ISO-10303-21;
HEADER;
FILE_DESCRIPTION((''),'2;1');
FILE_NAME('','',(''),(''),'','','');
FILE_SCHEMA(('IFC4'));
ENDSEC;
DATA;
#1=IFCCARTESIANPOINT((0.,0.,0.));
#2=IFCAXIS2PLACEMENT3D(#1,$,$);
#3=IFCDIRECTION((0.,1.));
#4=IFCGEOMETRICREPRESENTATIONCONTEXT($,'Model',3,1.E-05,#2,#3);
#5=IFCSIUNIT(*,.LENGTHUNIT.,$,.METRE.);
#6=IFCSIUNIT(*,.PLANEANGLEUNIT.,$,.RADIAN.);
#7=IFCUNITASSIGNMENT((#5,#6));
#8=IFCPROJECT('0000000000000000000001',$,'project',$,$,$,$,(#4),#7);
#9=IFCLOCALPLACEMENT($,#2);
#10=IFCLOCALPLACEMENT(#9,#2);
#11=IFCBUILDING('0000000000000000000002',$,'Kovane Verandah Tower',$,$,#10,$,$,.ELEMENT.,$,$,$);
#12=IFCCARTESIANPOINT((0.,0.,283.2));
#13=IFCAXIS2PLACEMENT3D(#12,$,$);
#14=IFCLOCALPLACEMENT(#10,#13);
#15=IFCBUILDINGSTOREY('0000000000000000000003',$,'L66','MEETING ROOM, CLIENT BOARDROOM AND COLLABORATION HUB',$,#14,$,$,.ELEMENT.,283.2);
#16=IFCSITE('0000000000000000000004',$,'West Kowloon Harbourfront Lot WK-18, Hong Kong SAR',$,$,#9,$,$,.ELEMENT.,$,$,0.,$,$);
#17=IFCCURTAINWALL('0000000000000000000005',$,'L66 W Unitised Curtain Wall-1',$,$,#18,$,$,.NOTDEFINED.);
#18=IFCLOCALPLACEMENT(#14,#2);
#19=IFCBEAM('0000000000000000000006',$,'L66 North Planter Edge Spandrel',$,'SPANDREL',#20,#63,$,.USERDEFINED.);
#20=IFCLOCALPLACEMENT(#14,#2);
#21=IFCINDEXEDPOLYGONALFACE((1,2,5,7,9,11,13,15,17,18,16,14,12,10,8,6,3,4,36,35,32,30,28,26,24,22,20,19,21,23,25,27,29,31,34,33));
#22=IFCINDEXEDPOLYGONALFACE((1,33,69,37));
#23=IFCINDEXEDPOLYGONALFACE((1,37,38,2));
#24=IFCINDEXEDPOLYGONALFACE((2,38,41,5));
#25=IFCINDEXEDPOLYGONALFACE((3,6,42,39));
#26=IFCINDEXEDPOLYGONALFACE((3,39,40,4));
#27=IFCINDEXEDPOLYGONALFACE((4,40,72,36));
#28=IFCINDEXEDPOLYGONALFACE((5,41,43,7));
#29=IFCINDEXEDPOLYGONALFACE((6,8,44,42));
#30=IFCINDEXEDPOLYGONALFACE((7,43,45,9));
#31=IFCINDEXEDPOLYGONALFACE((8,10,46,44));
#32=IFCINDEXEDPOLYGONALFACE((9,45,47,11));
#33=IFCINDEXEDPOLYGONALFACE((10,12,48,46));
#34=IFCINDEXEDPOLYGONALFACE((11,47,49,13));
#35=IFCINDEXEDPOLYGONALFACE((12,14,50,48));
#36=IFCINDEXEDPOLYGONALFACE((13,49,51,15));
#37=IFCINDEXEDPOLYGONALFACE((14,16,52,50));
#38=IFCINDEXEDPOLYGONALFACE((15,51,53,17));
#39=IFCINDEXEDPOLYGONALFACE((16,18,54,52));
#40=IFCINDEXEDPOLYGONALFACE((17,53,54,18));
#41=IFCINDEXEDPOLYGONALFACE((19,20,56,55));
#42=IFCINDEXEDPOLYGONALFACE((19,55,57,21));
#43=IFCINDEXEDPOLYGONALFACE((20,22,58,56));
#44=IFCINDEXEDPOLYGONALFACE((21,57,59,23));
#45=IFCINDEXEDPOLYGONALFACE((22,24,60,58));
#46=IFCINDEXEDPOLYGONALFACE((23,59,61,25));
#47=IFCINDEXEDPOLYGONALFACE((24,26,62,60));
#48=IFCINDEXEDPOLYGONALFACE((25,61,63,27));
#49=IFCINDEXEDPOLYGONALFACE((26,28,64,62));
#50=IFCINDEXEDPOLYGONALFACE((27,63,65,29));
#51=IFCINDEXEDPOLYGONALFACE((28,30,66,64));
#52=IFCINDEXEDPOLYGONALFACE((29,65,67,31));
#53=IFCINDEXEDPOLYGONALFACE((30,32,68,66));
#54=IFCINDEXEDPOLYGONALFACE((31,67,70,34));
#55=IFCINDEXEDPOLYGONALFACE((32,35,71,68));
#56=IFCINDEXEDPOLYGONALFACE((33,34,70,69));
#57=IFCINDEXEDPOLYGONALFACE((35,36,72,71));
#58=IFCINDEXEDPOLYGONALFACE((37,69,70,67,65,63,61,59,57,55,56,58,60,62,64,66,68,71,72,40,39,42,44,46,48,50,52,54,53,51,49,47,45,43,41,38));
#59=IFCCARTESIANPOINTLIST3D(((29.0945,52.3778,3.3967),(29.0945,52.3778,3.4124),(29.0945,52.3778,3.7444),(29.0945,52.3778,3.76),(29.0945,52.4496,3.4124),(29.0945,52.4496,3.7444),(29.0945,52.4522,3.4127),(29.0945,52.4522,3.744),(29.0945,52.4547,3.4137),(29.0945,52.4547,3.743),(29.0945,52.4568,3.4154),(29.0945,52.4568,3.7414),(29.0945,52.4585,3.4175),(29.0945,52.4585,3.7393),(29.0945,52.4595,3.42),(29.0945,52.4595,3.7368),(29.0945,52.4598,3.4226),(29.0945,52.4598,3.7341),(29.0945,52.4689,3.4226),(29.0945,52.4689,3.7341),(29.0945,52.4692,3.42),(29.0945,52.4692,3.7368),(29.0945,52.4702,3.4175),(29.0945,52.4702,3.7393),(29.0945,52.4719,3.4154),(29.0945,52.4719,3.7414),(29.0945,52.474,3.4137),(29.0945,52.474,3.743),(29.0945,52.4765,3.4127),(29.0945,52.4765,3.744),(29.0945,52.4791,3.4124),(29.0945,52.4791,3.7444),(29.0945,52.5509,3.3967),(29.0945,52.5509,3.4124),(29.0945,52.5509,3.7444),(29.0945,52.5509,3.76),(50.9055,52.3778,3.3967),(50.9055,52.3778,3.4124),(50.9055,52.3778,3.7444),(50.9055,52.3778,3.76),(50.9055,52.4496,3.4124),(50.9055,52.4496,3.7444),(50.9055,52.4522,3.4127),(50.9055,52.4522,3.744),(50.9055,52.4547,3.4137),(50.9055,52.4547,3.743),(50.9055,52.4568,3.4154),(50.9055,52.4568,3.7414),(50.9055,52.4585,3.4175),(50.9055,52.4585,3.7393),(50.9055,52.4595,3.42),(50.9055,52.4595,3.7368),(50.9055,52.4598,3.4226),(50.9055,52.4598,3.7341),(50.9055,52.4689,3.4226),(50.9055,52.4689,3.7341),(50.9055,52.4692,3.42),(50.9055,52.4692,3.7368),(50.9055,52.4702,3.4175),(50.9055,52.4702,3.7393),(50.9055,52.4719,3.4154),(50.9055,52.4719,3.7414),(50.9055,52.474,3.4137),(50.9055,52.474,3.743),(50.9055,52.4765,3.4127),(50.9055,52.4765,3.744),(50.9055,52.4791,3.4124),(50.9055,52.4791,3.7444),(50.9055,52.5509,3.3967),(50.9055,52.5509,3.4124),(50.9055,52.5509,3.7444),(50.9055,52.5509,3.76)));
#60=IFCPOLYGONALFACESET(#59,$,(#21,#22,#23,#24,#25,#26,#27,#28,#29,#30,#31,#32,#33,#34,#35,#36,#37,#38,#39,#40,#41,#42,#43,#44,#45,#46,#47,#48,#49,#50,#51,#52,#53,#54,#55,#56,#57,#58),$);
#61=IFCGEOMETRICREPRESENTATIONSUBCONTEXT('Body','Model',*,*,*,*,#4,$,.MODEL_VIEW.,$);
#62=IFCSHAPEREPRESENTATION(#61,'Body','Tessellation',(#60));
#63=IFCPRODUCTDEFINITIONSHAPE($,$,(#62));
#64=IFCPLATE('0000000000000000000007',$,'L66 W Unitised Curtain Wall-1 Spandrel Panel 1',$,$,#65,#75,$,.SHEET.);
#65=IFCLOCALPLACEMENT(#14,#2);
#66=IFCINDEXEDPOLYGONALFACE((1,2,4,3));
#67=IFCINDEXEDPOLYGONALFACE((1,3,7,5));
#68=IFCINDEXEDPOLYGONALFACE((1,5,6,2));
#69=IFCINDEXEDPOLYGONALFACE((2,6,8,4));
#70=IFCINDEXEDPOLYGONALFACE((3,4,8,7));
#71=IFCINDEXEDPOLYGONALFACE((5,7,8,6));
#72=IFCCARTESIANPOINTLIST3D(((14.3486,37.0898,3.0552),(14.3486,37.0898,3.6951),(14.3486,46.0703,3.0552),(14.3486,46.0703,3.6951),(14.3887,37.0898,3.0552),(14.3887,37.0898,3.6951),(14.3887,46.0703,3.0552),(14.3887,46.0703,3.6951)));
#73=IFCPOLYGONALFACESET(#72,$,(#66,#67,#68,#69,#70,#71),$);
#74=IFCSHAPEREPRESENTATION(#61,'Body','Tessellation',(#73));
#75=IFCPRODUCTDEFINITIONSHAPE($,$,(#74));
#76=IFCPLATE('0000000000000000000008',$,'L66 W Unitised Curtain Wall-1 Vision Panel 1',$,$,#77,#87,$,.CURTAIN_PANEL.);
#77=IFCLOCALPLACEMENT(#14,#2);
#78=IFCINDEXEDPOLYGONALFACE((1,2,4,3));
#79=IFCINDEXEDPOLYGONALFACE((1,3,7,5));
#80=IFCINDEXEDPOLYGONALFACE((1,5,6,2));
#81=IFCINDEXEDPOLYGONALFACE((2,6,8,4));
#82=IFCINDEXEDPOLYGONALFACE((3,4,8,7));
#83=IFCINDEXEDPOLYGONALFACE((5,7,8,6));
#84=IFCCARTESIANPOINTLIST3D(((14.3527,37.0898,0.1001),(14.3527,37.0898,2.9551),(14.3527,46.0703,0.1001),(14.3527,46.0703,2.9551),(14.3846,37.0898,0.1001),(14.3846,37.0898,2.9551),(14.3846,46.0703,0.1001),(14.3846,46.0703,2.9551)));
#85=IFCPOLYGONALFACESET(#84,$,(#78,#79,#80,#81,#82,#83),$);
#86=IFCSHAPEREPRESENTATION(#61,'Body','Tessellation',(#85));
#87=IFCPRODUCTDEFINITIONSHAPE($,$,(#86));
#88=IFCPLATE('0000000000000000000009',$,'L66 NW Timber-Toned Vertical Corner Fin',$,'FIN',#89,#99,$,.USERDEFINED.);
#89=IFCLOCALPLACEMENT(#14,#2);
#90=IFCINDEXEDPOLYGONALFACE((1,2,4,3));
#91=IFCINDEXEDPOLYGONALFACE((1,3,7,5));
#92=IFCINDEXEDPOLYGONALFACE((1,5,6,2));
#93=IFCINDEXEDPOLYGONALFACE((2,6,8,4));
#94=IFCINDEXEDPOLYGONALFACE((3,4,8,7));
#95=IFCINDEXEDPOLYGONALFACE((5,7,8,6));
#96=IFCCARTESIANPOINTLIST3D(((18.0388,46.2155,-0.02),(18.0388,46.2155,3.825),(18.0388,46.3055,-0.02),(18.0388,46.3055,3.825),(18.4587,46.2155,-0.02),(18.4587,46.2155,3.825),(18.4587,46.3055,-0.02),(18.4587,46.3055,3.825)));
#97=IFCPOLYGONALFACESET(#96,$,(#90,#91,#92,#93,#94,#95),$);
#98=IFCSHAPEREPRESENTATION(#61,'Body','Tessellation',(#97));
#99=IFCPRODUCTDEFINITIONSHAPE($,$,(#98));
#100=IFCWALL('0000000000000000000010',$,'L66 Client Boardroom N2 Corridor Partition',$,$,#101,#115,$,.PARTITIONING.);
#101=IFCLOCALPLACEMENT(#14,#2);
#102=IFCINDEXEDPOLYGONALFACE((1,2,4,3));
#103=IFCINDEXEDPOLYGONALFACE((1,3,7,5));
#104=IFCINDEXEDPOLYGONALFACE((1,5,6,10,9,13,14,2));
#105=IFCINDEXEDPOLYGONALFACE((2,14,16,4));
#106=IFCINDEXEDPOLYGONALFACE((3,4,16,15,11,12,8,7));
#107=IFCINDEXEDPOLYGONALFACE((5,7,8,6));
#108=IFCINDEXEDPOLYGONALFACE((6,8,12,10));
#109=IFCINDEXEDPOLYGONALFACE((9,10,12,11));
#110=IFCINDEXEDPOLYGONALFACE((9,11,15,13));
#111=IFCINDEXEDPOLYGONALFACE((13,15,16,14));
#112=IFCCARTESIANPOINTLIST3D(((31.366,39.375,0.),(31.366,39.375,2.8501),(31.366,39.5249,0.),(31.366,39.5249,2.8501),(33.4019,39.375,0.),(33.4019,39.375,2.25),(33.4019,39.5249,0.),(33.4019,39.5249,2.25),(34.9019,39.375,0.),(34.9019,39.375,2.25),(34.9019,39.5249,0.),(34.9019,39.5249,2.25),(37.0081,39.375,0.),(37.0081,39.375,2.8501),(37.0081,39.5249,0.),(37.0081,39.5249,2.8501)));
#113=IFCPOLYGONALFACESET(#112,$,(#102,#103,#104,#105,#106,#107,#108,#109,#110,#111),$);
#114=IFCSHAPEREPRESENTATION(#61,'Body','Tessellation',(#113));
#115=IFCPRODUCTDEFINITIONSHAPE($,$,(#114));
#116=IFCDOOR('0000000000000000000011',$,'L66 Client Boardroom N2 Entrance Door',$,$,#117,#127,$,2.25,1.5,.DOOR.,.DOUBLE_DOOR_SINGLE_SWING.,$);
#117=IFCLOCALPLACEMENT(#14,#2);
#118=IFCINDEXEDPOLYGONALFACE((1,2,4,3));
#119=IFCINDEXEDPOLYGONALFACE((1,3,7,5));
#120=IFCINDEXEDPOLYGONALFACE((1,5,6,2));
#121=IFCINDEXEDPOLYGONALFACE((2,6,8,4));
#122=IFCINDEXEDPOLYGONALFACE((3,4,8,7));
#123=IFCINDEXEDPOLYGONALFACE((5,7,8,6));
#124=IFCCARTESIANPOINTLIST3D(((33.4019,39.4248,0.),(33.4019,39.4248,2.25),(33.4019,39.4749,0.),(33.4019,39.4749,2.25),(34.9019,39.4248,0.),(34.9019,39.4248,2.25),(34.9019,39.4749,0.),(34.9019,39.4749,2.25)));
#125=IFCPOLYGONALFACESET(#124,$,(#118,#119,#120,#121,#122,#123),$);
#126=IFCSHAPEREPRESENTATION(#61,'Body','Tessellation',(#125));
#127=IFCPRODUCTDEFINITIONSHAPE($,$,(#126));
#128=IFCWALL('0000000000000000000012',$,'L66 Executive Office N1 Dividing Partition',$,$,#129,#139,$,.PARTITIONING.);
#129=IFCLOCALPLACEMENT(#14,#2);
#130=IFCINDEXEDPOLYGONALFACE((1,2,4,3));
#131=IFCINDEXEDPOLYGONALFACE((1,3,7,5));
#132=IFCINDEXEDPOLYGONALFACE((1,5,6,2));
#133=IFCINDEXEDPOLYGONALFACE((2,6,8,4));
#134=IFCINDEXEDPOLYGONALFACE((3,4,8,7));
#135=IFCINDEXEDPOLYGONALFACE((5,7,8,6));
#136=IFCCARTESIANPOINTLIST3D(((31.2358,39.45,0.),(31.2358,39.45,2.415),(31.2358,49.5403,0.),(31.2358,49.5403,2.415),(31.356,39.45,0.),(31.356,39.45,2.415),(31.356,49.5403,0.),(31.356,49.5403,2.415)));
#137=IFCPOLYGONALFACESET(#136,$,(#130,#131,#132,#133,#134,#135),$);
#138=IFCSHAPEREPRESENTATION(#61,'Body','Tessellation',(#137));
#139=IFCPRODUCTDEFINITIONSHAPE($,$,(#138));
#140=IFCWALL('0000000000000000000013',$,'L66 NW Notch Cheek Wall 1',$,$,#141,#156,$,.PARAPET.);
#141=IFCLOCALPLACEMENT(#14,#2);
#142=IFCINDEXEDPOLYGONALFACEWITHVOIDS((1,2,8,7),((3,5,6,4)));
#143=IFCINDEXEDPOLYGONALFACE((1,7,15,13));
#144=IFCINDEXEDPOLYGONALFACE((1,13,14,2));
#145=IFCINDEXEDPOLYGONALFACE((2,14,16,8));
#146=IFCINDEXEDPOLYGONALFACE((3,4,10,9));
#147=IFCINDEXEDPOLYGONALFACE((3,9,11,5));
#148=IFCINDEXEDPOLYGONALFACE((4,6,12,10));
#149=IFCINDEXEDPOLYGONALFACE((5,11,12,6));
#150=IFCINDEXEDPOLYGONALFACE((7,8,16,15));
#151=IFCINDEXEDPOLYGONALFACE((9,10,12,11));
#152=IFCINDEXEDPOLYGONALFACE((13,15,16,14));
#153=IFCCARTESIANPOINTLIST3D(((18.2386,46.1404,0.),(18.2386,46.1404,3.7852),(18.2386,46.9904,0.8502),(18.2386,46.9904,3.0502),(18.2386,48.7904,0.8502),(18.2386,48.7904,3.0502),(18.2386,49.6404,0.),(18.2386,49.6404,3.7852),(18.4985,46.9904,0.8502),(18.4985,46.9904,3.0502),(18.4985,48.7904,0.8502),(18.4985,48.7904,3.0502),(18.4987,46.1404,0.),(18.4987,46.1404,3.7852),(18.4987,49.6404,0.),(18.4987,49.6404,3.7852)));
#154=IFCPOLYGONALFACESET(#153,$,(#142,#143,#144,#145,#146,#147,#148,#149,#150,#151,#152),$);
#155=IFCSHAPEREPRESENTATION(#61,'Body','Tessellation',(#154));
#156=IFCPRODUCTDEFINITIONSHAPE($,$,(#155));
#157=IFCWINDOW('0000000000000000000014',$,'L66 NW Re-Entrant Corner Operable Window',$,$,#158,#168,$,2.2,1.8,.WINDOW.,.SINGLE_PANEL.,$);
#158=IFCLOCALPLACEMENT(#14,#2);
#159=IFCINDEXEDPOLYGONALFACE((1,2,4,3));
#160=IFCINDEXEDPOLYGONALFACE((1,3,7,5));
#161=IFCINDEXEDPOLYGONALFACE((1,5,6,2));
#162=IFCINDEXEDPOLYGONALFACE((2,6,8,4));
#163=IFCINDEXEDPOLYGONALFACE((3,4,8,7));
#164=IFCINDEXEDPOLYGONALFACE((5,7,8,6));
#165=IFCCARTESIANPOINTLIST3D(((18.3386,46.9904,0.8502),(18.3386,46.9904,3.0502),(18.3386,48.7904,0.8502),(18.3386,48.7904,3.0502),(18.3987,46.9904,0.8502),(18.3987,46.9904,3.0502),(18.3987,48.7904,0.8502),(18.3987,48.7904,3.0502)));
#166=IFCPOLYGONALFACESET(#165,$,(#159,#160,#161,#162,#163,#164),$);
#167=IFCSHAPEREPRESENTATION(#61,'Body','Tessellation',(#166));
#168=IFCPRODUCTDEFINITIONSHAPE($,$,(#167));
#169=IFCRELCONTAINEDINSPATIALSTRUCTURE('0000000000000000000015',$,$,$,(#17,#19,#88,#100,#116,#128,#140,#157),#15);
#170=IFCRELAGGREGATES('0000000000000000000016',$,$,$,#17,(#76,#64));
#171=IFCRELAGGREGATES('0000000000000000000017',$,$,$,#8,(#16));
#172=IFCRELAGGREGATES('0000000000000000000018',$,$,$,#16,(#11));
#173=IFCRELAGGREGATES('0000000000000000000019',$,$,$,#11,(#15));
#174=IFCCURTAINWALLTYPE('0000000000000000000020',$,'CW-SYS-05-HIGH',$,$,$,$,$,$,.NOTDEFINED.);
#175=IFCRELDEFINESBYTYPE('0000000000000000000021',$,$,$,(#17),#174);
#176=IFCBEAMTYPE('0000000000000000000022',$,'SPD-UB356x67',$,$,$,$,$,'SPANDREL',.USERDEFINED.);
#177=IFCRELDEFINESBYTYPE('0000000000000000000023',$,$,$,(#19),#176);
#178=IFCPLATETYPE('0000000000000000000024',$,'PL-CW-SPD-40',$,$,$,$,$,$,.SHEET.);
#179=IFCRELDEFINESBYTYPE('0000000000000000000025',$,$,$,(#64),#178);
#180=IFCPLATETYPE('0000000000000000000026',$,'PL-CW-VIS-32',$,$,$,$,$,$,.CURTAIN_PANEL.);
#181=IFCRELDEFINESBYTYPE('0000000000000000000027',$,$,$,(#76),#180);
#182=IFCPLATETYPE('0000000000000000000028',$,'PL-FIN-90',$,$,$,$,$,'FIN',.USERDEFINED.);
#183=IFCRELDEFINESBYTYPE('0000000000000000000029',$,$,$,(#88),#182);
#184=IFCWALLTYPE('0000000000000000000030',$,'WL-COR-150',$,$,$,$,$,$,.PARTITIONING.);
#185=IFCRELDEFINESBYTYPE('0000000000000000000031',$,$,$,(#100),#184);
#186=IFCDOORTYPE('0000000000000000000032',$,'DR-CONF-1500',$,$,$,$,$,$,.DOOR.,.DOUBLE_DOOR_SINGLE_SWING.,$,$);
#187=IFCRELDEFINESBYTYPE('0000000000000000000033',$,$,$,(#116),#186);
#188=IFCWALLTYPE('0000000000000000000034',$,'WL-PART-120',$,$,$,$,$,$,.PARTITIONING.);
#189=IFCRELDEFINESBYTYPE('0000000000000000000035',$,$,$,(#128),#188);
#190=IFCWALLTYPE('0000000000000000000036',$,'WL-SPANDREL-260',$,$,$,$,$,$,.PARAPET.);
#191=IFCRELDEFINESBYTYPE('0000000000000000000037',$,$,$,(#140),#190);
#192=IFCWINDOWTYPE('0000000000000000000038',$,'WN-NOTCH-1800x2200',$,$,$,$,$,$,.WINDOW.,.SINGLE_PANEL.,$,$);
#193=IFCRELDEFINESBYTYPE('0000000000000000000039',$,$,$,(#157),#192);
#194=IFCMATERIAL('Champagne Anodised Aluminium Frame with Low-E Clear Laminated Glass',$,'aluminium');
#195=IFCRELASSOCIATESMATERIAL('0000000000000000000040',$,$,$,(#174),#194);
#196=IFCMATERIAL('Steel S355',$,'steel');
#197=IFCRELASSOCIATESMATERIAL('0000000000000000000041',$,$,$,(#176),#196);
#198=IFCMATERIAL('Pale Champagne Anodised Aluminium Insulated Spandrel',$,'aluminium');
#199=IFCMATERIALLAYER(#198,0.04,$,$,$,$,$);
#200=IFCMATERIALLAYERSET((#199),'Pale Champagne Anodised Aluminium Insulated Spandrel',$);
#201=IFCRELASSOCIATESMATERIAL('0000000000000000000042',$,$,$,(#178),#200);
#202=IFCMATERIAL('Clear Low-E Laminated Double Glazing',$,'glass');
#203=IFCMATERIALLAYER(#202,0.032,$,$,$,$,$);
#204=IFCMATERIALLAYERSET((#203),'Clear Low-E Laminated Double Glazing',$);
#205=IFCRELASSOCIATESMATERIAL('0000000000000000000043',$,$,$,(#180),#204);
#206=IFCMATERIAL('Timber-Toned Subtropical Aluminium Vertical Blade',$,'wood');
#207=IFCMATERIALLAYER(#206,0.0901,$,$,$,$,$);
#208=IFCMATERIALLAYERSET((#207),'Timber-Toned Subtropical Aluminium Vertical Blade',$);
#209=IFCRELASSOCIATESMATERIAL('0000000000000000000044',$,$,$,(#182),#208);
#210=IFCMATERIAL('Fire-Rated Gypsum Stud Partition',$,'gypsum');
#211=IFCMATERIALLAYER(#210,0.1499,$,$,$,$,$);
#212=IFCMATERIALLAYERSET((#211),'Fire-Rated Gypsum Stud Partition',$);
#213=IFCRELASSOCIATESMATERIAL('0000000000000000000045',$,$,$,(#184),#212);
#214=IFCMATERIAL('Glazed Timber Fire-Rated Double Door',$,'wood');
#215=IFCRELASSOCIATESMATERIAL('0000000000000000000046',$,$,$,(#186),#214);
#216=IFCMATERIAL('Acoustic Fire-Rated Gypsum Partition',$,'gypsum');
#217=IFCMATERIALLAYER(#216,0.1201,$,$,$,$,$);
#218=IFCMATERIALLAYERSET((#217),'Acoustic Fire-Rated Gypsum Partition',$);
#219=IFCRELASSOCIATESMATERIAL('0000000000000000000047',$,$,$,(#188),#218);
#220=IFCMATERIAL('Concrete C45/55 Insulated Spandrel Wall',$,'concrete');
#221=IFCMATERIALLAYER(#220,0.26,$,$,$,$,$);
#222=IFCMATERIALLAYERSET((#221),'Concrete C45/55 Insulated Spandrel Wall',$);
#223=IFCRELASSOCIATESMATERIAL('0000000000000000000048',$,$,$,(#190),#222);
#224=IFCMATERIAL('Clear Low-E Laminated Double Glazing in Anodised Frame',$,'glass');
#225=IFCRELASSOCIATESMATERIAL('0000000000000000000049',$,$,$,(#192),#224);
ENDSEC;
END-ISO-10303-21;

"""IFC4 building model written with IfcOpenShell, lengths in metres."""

from ifc_helpers import new_model, si_unit, direction, frame, frame_2d, origin, origin_2d, place, context, subcontext, project, spatial, rectangle, i_section, extrude, material, layer, layer_set, material_profile, profile_set, type_object, element, fill, aggregate, save


model = new_model("IFC4")

# Units and contexts
model_context = context("Model", 3, precision=1e-05, world=origin(), true_north=direction((0.0, 1.0)))
body_context = subcontext(model_context, "Body", "Model", "MODEL_VIEW")
ifc_project = project(units=[si_unit("LENGTHUNIT", "METRE"), si_unit("PLANEANGLEUNIT", "RADIAN")], contexts=[model_context])

# Site, building, storey
site_placement = place(None, origin())
site = spatial("IfcSite", under=ifc_project, at=site_placement, Name="West Kowloon Harbourfront Lot WK-18, Hong Kong SAR", CompositionType="ELEMENT", RefElevation=0.0)
building_placement = place(site_placement, origin())
building = spatial("IfcBuilding", under=site, at=building_placement, Name="Kovane Verandah Tower", CompositionType="ELEMENT")
storey_placement = place(building_placement, frame((0.0, 0.0, 283.2)))
storey = spatial("IfcBuildingStorey", under=building, at=storey_placement, Name="L66", Description="MEETING ROOM, CLIENT BOARDROOM AND COLLABORATION HUB", CompositionType="ELEMENT", Elevation=283.2)

# Shared definitions
ifc_material_1 = material(Name="Steel S355", Category="steel")

# Curtain wall
ifc_material_2 = material(Name="Champagne Anodised Aluminium Frame with Low-E Clear Laminated Glass", Category="aluminium")
curtain_wall_type = type_object("IfcCurtainWallType", Name="CW-SYS-05-HIGH", PredefinedType="NOTDEFINED", material=ifc_material_2)
curtain_wall_placement = place(storey_placement, origin())
curtain_wall = element("IfcCurtainWall", 1, at=curtain_wall_placement, inside=storey, type_object=curtain_wall_type, Name="L66 W Unitised Curtain Wall-1", PredefinedType="NOTDEFINED")

# Beam
ifc_material_profile_1 = material_profile(ifc_material_1, i_section(OverallWidth=0.1731, OverallDepth=0.3633, WebThickness=0.009, FlangeThickness=0.0156, FilletRadius=0.0103, at=origin_2d()), Name="UB356x171x67")
ifc_profile_set_1 = profile_set([ifc_material_profile_1], Name="Steel S355")
beam_type_1 = type_object("IfcBeamType", Name="SPD-UB356x67", ElementType="SPANDREL", PredefinedType="USERDEFINED", material=ifc_profile_set_1)
beam_1_placement = place(storey_placement, frame((29.0945, 52.4644, 3.5784), z_axis=(1.0, 0.0, 0.0), x_axis=(0.0, 1.0, 0.0)))
element("IfcBeam", 2, at=beam_1_placement, inside=storey, type_object=beam_type_1, Name="L66 North Planter Edge Spandrel", ObjectType="SPANDREL", PredefinedType="USERDEFINED", context=body_context, shape_type="SweptSolid", body=[
    extrude(i_section(OverallWidth=0.1731, OverallDepth=0.3633, WebThickness=0.009, FlangeThickness=0.0156, FilletRadius=0.0103, at=origin_2d()), origin(), (0.0, 0.0, 1.0), 21.811),
])

# Plates
ifc_material_3 = material(Name="Pale Champagne Anodised Aluminium Insulated Spandrel", Category="aluminium")
ifc_layer_1 = layer(ifc_material_3, 0.04)
ifc_layer_set_1 = layer_set([ifc_layer_1], Name="Pale Champagne Anodised Aluminium Insulated Spandrel")
plate_type_1 = type_object("IfcPlateType", Name="PL-CW-SPD-40", PredefinedType="SHEET", material=ifc_layer_set_1)
plate_1_placement = place(storey_placement, frame((14.3687, 41.5801, 3.0552), z_axis=(0.0, 0.0, 1.0), x_axis=(0.0, -1.0, 0.0)))
plate_1 = element("IfcPlate", 3, at=plate_1_placement, type_object=plate_type_1, Name="L66 W Unitised Curtain Wall-1 Spandrel Panel 1", PredefinedType="SHEET", context=body_context, shape_type="SweptSolid", body=[
    extrude(rectangle(XDim=8.9805, YDim=0.04, at=origin_2d()), origin(), (0.0, 0.0, 1.0), 0.6399),
])
ifc_material_4 = material(Name="Clear Low-E Laminated Double Glazing", Category="glass")
ifc_layer_2 = layer(ifc_material_4, 0.032)
ifc_layer_set_2 = layer_set([ifc_layer_2], Name="Clear Low-E Laminated Double Glazing")
plate_type_2 = type_object("IfcPlateType", Name="PL-CW-VIS-32", PredefinedType="CURTAIN_PANEL", material=ifc_layer_set_2)
plate_2_placement = place(storey_placement, frame((14.3687, 41.5801, 0.1001), z_axis=(0.0, 0.0, 1.0), x_axis=(0.0, -1.0, 0.0)))
plate_2 = element("IfcPlate", 4, at=plate_2_placement, type_object=plate_type_2, Name="L66 W Unitised Curtain Wall-1 Vision Panel 1", PredefinedType="CURTAIN_PANEL", context=body_context, shape_type="SweptSolid", body=[
    extrude(rectangle(XDim=8.9805, YDim=0.032, at=origin_2d()), origin(), (0.0, 0.0, 1.0), 2.855),
])
aggregate(curtain_wall, [plate_2, plate_1])
ifc_material_5 = material(Name="Timber-Toned Subtropical Aluminium Vertical Blade", Category="wood")
ifc_layer_3 = layer(ifc_material_5, 0.0901)
ifc_layer_set_3 = layer_set([ifc_layer_3], Name="Timber-Toned Subtropical Aluminium Vertical Blade")
plate_type_3 = type_object("IfcPlateType", Name="PL-FIN-90", ElementType="FIN", PredefinedType="USERDEFINED", material=ifc_layer_set_3)
plate_3_placement = place(storey_placement, frame((18.2488, 46.2605, -0.02), z_axis=(0.0, 0.0, 1.0), x_axis=(1.0, 0.0, 0.0)))
element("IfcPlate", 5, at=plate_3_placement, inside=storey, type_object=plate_type_3, Name="L66 NW Timber-Toned Vertical Corner Fin", ObjectType="FIN", PredefinedType="USERDEFINED", context=body_context, shape_type="SweptSolid", body=[
    extrude(rectangle(XDim=0.4199, YDim=0.0901, at=origin_2d()), origin(), (0.0, 0.0, 1.0), 3.845),
])

# Wall, opening, door
ifc_material_6 = material(Name="Fire-Rated Gypsum Stud Partition", Category="gypsum")
ifc_layer_4 = layer(ifc_material_6, 0.1499)
ifc_layer_set_4 = layer_set([ifc_layer_4], Name="Fire-Rated Gypsum Stud Partition")
wall_type_1 = type_object("IfcWallType", Name="WL-COR-150", PredefinedType="PARTITIONING", material=ifc_layer_set_4)
wall_1_placement = place(storey_placement, frame((31.366, 39.45, 0.0), z_axis=(0.0, 0.0, 1.0), x_axis=(1.0, 0.0, 0.0)))
wall_1 = element("IfcWall", 6, at=wall_1_placement, inside=storey, type_object=wall_type_1, Name="L66 Client Boardroom N2 Corridor Partition", PredefinedType="PARTITIONING", context=body_context, shape_type="SweptSolid", body=[
    extrude(rectangle(XDim=5.6421, YDim=0.1499, at=frame_2d((2.821, 0.0))), origin(), (0.0, 0.0, 1.0), 2.8501),
])
opening_1_placement = place(wall_1_placement, frame((2.0359, 0.0, 0.0)))
opening_1 = element("IfcOpeningElement", 7, at=opening_1_placement, cuts=wall_1, PredefinedType="OPENING", context=body_context, shape_type="SweptSolid", body=[
    extrude(rectangle(XDim=1.5, YDim=2.25, at=frame_2d((0.75, 1.125))), frame((0.0, 0.075, 0.0), z_axis=(0.0, -1.0, 0.0), x_axis=(1.0, 0.0, 0.0)), (0.0, 0.0, 1.0), 0.1499),
])
ifc_material_7 = material(Name="Glazed Timber Fire-Rated Double Door", Category="wood")
door_type = type_object("IfcDoorType", Name="DR-CONF-1500", OperationType="DOUBLE_DOOR_SINGLE_SWING", PredefinedType="DOOR", material=ifc_material_7)
door_placement = place(opening_1_placement, origin())
door = element("IfcDoor", 8, at=door_placement, inside=storey, type_object=door_type, Name="L66 Client Boardroom N2 Entrance Door", OperationType="DOUBLE_DOOR_SINGLE_SWING", OverallHeight=2.25, OverallWidth=1.5, PredefinedType="DOOR", context=body_context, shape_type="SweptSolid", body=[
    extrude(rectangle(XDim=1.5, YDim=2.25, at=frame_2d((0.75, 1.125))), frame((0.0, 0.0249, 0.0), z_axis=(0.0, -1.0, 0.0), x_axis=(1.0, 0.0, 0.0)), (0.0, 0.0, 1.0), 0.05),
])
fill(opening_1, door)

# Wall
ifc_material_8 = material(Name="Acoustic Fire-Rated Gypsum Partition", Category="gypsum")
ifc_layer_5 = layer(ifc_material_8, 0.1201)
ifc_layer_set_5 = layer_set([ifc_layer_5], Name="Acoustic Fire-Rated Gypsum Partition")
wall_type_2 = type_object("IfcWallType", Name="WL-PART-120", PredefinedType="PARTITIONING", material=ifc_layer_set_5)
wall_2_placement = place(storey_placement, frame((31.2959, 39.45, 0.0), z_axis=(0.0, 0.0, 1.0), x_axis=(0.0, 1.0, 0.0)))
element("IfcWall", 9, at=wall_2_placement, inside=storey, type_object=wall_type_2, Name="L66 Executive Office N1 Dividing Partition", PredefinedType="PARTITIONING", context=body_context, shape_type="SweptSolid", body=[
    extrude(rectangle(XDim=10.0903, YDim=0.1201, at=frame_2d((5.0452, 0.0))), origin(), (0.0, 0.0, 1.0), 2.415),
])

# Wall, opening, window
ifc_material_9 = material(Name="Concrete C45/55 Insulated Spandrel Wall", Category="concrete")
ifc_layer_6 = layer(ifc_material_9, 0.26)
ifc_layer_set_6 = layer_set([ifc_layer_6], Name="Concrete C45/55 Insulated Spandrel Wall")
wall_type_3 = type_object("IfcWallType", Name="WL-SPANDREL-260", PredefinedType="PARAPET", material=ifc_layer_set_6)
wall_3_placement = place(storey_placement, frame((18.3687, 49.6404, 0.0), z_axis=(0.0, 0.0, 1.0), x_axis=(0.0, -1.0, 0.0)))
wall_3 = element("IfcWall", 10, at=wall_3_placement, inside=storey, type_object=wall_type_3, Name="L66 NW Notch Cheek Wall 1", PredefinedType="PARAPET", context=body_context, shape_type="SweptSolid", body=[
    extrude(rectangle(XDim=3.5, YDim=0.26, at=frame_2d((1.75, 0.0))), origin(), (0.0, 0.0, 1.0), 3.7852),
])
opening_2_placement = place(wall_3_placement, frame((0.8501, 0.0, 0.8501)))
opening_2 = element("IfcOpeningElement", 11, at=opening_2_placement, cuts=wall_3, PredefinedType="OPENING", context=body_context, shape_type="SweptSolid", body=[
    extrude(rectangle(XDim=1.8, YDim=2.2, at=frame_2d((0.8999, 1.1001))), frame((0.0, 0.1299, 0.0), z_axis=(0.0, -1.0, 0.0), x_axis=(1.0, 0.0, 0.0)), (0.0, 0.0, 1.0), 0.26),
])
ifc_material_10 = material(Name="Clear Low-E Laminated Double Glazing in Anodised Frame", Category="glass")
window_type = type_object("IfcWindowType", Name="WN-NOTCH-1800x2200", PartitioningType="SINGLE_PANEL", PredefinedType="WINDOW", material=ifc_material_10)
window_placement = place(opening_2_placement, origin())
window = element("IfcWindow", 12, at=window_placement, inside=storey, type_object=window_type, Name="L66 NW Re-Entrant Corner Operable Window", OverallHeight=2.2, OverallWidth=1.8, PartitioningType="SINGLE_PANEL", PredefinedType="WINDOW", context=body_context, shape_type="SweptSolid", body=[
    extrude(rectangle(XDim=1.8, YDim=2.2, at=frame_2d((0.8999, 1.1001))), frame((0.0, 0.03, 0.0), z_axis=(0.0, -1.0, 0.0), x_axis=(1.0, 0.0, 0.0)), (0.0, 0.0, 1.0), 0.0601),
])
fill(opening_2, window)

save(model, "model.ifc")
